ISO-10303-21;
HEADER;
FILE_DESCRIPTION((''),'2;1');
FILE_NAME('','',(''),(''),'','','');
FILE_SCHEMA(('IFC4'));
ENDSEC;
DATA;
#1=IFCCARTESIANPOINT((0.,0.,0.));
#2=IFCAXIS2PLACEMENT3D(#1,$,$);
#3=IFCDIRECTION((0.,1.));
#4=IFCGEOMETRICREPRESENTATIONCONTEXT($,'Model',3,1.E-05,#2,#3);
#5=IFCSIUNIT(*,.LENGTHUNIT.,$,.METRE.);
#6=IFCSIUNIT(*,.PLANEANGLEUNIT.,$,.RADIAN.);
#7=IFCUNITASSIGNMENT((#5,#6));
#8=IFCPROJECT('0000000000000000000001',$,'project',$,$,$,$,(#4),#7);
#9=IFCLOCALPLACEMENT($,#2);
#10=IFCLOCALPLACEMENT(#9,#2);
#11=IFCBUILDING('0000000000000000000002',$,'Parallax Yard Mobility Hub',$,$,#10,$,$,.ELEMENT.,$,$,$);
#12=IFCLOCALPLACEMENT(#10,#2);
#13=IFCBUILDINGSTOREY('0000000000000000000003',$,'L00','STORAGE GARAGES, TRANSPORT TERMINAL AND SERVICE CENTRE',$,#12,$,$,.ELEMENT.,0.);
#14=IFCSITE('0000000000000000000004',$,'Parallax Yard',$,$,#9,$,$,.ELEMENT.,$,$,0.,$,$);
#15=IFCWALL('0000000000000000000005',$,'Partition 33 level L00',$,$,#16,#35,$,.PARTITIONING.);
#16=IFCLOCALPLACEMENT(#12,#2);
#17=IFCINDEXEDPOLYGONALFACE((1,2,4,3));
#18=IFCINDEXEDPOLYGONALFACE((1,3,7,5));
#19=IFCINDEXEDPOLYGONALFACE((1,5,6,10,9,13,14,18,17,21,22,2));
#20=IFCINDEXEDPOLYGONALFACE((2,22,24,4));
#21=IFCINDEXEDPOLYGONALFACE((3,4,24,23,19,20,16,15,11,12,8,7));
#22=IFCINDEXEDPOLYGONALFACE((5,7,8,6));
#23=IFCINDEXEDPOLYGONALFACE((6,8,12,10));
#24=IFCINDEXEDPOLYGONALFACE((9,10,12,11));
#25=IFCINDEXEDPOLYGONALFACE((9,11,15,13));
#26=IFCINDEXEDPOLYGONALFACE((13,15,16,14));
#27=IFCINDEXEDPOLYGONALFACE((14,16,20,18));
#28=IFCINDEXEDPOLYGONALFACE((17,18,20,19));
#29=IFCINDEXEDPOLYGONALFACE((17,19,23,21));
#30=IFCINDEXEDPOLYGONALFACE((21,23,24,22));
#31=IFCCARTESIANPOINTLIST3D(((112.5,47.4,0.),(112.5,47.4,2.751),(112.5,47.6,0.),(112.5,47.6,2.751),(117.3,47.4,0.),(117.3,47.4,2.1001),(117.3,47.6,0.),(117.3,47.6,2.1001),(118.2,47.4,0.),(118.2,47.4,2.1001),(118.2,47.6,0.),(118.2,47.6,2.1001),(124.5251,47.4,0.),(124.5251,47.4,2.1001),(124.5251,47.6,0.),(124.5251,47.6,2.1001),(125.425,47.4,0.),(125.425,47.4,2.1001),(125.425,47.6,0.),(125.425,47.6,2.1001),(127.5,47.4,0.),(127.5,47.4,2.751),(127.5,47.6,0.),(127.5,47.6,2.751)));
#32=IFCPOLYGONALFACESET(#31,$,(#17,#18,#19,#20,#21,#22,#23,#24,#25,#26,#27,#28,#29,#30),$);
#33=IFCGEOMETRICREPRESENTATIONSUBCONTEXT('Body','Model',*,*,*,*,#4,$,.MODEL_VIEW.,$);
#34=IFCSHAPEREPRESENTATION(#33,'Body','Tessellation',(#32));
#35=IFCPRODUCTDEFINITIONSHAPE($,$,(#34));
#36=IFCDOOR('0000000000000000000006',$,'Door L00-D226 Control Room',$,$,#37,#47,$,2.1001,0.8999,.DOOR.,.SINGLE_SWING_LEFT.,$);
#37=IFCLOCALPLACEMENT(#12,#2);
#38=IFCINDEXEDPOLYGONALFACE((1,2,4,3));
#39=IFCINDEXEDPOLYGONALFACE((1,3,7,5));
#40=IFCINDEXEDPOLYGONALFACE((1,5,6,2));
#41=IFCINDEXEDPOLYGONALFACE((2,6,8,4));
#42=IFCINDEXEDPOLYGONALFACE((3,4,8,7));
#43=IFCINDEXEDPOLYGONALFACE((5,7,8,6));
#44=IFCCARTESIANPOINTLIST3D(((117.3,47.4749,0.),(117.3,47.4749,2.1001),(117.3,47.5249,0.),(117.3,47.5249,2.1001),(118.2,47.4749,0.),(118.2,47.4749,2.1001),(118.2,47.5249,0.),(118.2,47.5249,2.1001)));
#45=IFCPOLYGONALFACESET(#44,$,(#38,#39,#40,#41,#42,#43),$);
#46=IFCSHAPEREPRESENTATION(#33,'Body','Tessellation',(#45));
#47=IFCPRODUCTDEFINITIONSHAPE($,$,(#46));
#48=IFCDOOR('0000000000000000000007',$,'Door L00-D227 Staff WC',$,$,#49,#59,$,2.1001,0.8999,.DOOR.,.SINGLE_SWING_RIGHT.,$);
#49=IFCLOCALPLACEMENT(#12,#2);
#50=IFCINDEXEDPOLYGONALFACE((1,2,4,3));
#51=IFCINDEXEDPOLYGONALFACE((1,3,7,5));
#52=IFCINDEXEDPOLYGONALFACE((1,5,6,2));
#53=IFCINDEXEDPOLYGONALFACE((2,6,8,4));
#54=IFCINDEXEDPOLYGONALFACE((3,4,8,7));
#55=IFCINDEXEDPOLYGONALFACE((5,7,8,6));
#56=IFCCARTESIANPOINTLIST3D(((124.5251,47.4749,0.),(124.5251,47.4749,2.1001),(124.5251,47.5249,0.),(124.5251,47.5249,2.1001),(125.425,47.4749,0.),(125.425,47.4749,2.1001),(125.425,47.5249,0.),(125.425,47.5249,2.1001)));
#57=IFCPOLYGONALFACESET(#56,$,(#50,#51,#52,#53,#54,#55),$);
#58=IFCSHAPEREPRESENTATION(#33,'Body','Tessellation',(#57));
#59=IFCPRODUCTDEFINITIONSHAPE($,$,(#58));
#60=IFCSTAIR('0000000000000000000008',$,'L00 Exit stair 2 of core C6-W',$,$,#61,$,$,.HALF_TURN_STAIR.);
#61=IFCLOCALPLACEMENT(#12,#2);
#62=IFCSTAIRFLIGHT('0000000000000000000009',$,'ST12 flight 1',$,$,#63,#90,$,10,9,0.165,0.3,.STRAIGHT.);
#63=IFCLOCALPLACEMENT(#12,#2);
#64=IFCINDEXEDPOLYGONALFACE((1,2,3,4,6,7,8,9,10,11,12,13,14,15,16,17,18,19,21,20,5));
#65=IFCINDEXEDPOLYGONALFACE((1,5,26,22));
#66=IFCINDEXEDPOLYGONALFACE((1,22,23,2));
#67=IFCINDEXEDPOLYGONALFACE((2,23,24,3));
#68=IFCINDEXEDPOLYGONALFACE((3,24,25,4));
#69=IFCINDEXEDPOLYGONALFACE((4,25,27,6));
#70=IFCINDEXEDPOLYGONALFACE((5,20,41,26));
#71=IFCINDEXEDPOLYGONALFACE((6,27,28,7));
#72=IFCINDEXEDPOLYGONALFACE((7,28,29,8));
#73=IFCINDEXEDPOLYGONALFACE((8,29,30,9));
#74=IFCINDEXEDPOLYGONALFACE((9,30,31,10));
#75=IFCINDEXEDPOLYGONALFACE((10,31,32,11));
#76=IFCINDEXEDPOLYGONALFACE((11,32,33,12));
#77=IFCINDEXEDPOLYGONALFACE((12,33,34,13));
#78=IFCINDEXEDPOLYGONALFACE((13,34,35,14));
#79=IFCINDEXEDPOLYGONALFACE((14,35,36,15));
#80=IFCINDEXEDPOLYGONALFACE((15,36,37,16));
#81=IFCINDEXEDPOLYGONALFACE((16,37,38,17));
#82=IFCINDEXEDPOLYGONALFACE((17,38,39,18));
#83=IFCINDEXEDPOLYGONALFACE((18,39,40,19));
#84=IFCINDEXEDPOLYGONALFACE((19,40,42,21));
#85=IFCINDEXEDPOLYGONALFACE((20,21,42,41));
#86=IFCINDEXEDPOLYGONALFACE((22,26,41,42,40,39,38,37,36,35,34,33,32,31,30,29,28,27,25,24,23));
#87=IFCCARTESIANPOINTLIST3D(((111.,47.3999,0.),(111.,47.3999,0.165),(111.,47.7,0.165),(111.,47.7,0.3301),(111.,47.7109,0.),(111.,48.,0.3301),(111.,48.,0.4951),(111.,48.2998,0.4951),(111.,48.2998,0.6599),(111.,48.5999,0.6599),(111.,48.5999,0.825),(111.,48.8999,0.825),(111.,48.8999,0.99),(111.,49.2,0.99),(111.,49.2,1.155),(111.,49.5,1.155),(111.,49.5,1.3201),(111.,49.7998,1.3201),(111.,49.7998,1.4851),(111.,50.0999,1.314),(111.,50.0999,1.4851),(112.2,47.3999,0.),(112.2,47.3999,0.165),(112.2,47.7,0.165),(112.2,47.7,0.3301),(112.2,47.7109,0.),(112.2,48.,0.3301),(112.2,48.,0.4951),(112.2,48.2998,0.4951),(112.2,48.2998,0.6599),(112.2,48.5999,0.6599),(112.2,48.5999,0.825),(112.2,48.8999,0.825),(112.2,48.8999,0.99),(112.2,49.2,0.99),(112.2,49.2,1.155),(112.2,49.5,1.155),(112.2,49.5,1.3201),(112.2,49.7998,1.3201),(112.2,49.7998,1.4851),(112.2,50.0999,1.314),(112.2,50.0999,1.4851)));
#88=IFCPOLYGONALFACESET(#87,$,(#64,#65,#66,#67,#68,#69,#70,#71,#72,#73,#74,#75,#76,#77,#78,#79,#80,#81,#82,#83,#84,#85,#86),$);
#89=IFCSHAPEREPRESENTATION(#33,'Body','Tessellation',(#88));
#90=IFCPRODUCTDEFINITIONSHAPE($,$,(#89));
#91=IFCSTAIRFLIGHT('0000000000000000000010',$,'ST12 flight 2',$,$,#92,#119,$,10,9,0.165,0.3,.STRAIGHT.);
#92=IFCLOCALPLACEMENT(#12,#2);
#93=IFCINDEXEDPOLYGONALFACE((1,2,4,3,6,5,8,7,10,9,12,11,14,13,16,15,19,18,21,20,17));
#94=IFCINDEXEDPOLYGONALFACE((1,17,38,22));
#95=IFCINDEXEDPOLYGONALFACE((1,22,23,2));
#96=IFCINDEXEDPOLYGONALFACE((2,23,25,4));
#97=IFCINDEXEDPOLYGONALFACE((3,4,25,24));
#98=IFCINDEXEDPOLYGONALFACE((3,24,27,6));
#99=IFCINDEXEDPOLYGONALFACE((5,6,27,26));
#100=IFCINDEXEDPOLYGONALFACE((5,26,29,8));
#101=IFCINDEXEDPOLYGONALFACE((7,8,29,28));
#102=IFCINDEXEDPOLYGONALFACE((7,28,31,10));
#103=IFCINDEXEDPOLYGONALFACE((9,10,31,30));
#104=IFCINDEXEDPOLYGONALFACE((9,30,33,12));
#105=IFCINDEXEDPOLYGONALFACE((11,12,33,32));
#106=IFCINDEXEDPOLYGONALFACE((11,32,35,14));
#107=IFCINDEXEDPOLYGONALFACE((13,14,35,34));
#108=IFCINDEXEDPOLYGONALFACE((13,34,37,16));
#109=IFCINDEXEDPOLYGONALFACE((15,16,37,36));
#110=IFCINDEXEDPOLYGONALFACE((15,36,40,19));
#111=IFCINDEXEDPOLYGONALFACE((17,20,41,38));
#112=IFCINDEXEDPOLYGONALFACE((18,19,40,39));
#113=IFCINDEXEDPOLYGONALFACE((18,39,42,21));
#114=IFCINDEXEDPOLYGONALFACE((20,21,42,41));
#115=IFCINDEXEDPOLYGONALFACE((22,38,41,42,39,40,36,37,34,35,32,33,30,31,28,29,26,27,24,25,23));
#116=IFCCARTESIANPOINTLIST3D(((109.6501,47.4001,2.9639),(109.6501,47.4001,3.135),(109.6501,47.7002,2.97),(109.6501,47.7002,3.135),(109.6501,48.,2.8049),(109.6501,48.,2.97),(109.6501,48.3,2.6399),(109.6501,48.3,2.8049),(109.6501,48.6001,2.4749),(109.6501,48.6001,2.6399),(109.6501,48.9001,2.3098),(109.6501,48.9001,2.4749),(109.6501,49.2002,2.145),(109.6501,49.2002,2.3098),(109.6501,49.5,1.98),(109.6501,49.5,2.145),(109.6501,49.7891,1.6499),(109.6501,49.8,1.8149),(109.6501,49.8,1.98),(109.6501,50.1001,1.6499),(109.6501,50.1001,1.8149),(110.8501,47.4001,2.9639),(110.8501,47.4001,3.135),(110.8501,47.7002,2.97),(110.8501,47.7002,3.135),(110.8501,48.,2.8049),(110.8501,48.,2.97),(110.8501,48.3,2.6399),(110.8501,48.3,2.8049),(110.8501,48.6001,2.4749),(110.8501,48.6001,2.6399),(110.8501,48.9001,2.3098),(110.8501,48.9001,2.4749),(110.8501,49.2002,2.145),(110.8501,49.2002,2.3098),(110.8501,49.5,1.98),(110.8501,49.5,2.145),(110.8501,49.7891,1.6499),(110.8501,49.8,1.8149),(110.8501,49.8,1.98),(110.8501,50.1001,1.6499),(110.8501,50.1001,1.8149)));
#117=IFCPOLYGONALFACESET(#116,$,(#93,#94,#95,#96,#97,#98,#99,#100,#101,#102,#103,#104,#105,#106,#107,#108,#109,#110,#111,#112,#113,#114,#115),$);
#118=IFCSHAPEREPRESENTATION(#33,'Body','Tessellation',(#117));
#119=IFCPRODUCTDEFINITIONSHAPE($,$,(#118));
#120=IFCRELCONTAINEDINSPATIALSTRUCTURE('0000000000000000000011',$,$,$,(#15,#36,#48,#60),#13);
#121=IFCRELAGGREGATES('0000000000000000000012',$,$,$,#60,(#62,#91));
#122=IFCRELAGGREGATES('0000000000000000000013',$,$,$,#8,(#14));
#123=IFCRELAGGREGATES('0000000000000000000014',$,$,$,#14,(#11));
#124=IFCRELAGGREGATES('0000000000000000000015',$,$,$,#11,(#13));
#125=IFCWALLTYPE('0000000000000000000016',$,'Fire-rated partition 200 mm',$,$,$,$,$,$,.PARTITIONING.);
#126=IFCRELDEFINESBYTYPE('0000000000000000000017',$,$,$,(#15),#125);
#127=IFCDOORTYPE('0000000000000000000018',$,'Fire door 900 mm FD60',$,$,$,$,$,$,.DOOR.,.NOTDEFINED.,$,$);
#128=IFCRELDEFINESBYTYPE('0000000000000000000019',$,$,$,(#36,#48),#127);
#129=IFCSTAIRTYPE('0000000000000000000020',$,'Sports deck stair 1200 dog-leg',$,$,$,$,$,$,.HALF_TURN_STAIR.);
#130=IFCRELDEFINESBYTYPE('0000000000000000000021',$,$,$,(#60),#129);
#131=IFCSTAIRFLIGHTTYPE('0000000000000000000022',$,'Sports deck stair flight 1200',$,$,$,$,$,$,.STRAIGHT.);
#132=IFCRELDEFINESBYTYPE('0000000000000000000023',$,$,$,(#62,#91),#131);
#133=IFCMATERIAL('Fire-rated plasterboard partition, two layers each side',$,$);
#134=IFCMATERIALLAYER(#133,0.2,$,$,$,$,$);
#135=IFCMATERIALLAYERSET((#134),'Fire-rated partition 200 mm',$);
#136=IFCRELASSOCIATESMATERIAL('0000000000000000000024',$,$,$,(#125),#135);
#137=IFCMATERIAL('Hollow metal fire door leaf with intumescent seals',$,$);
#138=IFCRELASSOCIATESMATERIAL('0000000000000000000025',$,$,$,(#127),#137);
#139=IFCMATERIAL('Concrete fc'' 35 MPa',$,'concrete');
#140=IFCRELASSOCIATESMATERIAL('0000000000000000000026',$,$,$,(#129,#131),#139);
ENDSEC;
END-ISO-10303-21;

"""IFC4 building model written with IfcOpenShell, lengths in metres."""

from ifc_helpers import new_model, si_unit, direction, frame, frame_2d, origin, place, context, subcontext, project, spatial, polyline, rectangle, outline, extrude, material, layer, layer_set, type_object, element, fill, aggregate, save


model = new_model("IFC4")

# Units and contexts
model_context = context("Model", 3, precision=1e-05, world=origin(), true_north=direction((0.0, 1.0)))
body_context = subcontext(model_context, "Body", "Model", "MODEL_VIEW")
ifc_project = project(units=[si_unit("LENGTHUNIT", "METRE"), si_unit("PLANEANGLEUNIT", "RADIAN")], contexts=[model_context])

# Site, building, storey
site_placement = place(None, origin())
site = spatial("IfcSite", under=ifc_project, at=site_placement, Name="Parallax Yard", CompositionType="ELEMENT", RefElevation=0.0)
building_placement = place(site_placement, origin())
building = spatial("IfcBuilding", under=site, at=building_placement, Name="Parallax Yard Mobility Hub", CompositionType="ELEMENT")
storey_placement = place(building_placement, origin())
storey = spatial("IfcBuildingStorey", under=building, at=storey_placement, Name="L00", Description="STORAGE GARAGES, TRANSPORT TERMINAL AND SERVICE CENTRE", CompositionType="ELEMENT", Elevation=0.0)

# Shared definitions
ifc_material_1 = material(Name="Concrete fc' 35 MPa", Category="concrete")

# Wall, openings, doors
ifc_material_2 = material(Name="Fire-rated plasterboard partition, two layers each side")
ifc_layer_1 = layer(ifc_material_2, 0.2)
ifc_layer_set_1 = layer_set([ifc_layer_1], Name="Fire-rated partition 200 mm")
wall_type_1 = type_object("IfcWallType", Name="Fire-rated partition 200 mm", PredefinedType="PARTITIONING", material=ifc_layer_set_1)
wall_1_placement = place(storey_placement, frame((112.5, 47.5, 0.0), z_axis=(0.0, 0.0, 1.0), x_axis=(1.0, 0.0, 0.0)))
wall_1 = element("IfcWall", 1, at=wall_1_placement, inside=storey, type_object=wall_type_1, Name="Partition 33 level L00", PredefinedType="PARTITIONING", context=body_context, shape_type="SweptSolid", body=[
    extrude(rectangle(XDim=15.0, YDim=0.2, at=frame_2d((7.5, 0.0))), origin(), (0.0, 0.0, 1.0), 2.751),
])
opening_1_placement = place(wall_1_placement, frame((4.8, 0.0, 0.0)))
opening_1 = element("IfcOpeningElement", 2, at=opening_1_placement, cuts=wall_1, PredefinedType="OPENING", context=body_context, shape_type="SweptSolid", body=[
    extrude(rectangle(XDim=0.8999, YDim=2.1001, at=frame_2d((0.45, 1.05))), frame((0.0, 0.1099, 0.0), z_axis=(0.0, -1.0, 0.0), x_axis=(1.0, 0.0, 0.0)), (0.0, 0.0, 1.0), 0.22),
])
opening_2_placement = place(wall_1_placement, frame((12.0251, 0.0, 0.0)))
opening_2 = element("IfcOpeningElement", 3, at=opening_2_placement, cuts=wall_1, PredefinedType="OPENING", context=body_context, shape_type="SweptSolid", body=[
    extrude(rectangle(XDim=0.8999, YDim=2.1001, at=frame_2d((0.45, 1.05))), frame((0.0, 0.1099, 0.0), z_axis=(0.0, -1.0, 0.0), x_axis=(1.0, 0.0, 0.0)), (0.0, 0.0, 1.0), 0.22),
])
ifc_material_3 = material(Name="Hollow metal fire door leaf with intumescent seals")
door_type_1 = type_object("IfcDoorType", Name="Fire door 900 mm FD60", OperationType="NOTDEFINED", PredefinedType="DOOR", material=ifc_material_3)
door_1_placement = place(opening_1_placement, origin())
door_1 = element("IfcDoor", 4, at=door_1_placement, inside=storey, type_object=door_type_1, Name="Door L00-D226 Control Room", OperationType="SINGLE_SWING_LEFT", OverallHeight=2.1001, OverallWidth=0.8999, PredefinedType="DOOR", context=body_context, shape_type="SweptSolid", body=[
    extrude(rectangle(XDim=0.8999, YDim=2.1001, at=frame_2d((0.45, 1.05))), frame((0.0, 0.0249, 0.0), z_axis=(0.0, -1.0, 0.0), x_axis=(1.0, 0.0, 0.0)), (0.0, 0.0, 1.0), 0.05),
])
fill(opening_1, door_1)
door_2_placement = place(opening_2_placement, origin())
door_2 = element("IfcDoor", 5, at=door_2_placement, inside=storey, type_object=door_type_1, Name="Door L00-D227 Staff WC", OperationType="SINGLE_SWING_RIGHT", OverallHeight=2.1001, OverallWidth=0.8999, PredefinedType="DOOR", context=body_context, shape_type="SweptSolid", body=[
    extrude(rectangle(XDim=0.8999, YDim=2.1001, at=frame_2d((0.45, 1.05))), frame((0.0, 0.0249, 0.0), z_axis=(0.0, -1.0, 0.0), x_axis=(1.0, 0.0, 0.0)), (0.0, 0.0, 1.0), 0.05),
])
fill(opening_2, door_2)

# Stair, stair flights
stair_type = type_object("IfcStairType", Name="Sports deck stair 1200 dog-leg", PredefinedType="HALF_TURN_STAIR", material=ifc_material_1)
stair_placement = place(storey_placement, origin())
stair = element("IfcStair", 6, at=stair_placement, inside=storey, type_object=stair_type, Name="L00 Exit stair 2 of core C6-W", PredefinedType="HALF_TURN_STAIR")
stair_flight_type = type_object("IfcStairFlightType", Name="Sports deck stair flight 1200", PredefinedType="STRAIGHT", material=ifc_material_1)
stair_flight_1_placement = place(storey_placement, frame((111.6001, 47.3999, 0.0), z_axis=(0.0, 0.0, 1.0), x_axis=(0.0, 1.0, 0.0)))
stair_flight_1 = element("IfcStairFlight", 7, at=stair_flight_1_placement, type_object=stair_flight_type, Name="ST12 flight 1", NumberOfRisers=10, NumberOfTreads=9, PredefinedType="STRAIGHT", RiserHeight=0.165, TreadLength=0.3, context=body_context, shape_type="SweptSolid", body=[
    extrude(outline(polyline([(0.0, 0.0), (0.0, 0.165), (0.3, 0.165), (0.3, 0.3301), (0.6001, 0.3301), (0.6001, 0.4951), (0.8999, 0.4951), (0.8999, 0.6599), (1.2, 0.6599), (1.2, 0.825), (1.5, 0.825), (1.5, 0.99), (1.8, 0.99), (1.8, 1.155), (2.1001, 1.155), (2.1001, 1.3201), (2.3999, 1.3201), (2.3999, 1.4851), (2.7, 1.4851), (2.7, 1.6499), (2.7, 1.314), (0.311, 0.0), (0.0, 0.0)])), frame((0.0, 0.6001, 0.0), z_axis=(0.0, -1.0, 0.0), x_axis=(1.0, 0.0, 0.0)), (0.0, 0.0, 1.0), 1.2),
])
stair_flight_2_placement = place(storey_placement, frame((110.25, 50.1001, 1.6499), z_axis=(0.0, 0.0, 1.0), x_axis=(0.0, -1.0, 0.0)))
stair_flight_2 = element("IfcStairFlight", 8, at=stair_flight_2_placement, type_object=stair_flight_type, Name="ST12 flight 2", NumberOfRisers=10, NumberOfTreads=9, PredefinedType="STRAIGHT", RiserHeight=0.165, TreadLength=0.3, context=body_context, shape_type="SweptSolid", body=[
    extrude(outline(polyline([(0.0, 0.0), (0.0, 0.165), (0.3, 0.165), (0.3, 0.3301), (0.6001, 0.3301), (0.6001, 0.4951), (0.8999, 0.4951), (0.8999, 0.6599), (1.2, 0.6599), (1.2, 0.825), (1.5, 0.825), (1.5, 0.99), (1.8, 0.99), (1.8, 1.155), (2.1001, 1.155), (2.1001, 1.3201), (2.3999, 1.3201), (2.3999, 1.4851), (2.7, 1.4851), (2.7, 1.6499), (2.7, 1.314), (0.311, 0.0), (0.0, 0.0)])), frame((0.0, 0.6001, 0.0), z_axis=(0.0, -1.0, 0.0), x_axis=(1.0, 0.0, 0.0)), (0.0, 0.0, 1.0), 1.2),
])
aggregate(stair, [stair_flight_1, stair_flight_2])

save(model, "model.ifc")
